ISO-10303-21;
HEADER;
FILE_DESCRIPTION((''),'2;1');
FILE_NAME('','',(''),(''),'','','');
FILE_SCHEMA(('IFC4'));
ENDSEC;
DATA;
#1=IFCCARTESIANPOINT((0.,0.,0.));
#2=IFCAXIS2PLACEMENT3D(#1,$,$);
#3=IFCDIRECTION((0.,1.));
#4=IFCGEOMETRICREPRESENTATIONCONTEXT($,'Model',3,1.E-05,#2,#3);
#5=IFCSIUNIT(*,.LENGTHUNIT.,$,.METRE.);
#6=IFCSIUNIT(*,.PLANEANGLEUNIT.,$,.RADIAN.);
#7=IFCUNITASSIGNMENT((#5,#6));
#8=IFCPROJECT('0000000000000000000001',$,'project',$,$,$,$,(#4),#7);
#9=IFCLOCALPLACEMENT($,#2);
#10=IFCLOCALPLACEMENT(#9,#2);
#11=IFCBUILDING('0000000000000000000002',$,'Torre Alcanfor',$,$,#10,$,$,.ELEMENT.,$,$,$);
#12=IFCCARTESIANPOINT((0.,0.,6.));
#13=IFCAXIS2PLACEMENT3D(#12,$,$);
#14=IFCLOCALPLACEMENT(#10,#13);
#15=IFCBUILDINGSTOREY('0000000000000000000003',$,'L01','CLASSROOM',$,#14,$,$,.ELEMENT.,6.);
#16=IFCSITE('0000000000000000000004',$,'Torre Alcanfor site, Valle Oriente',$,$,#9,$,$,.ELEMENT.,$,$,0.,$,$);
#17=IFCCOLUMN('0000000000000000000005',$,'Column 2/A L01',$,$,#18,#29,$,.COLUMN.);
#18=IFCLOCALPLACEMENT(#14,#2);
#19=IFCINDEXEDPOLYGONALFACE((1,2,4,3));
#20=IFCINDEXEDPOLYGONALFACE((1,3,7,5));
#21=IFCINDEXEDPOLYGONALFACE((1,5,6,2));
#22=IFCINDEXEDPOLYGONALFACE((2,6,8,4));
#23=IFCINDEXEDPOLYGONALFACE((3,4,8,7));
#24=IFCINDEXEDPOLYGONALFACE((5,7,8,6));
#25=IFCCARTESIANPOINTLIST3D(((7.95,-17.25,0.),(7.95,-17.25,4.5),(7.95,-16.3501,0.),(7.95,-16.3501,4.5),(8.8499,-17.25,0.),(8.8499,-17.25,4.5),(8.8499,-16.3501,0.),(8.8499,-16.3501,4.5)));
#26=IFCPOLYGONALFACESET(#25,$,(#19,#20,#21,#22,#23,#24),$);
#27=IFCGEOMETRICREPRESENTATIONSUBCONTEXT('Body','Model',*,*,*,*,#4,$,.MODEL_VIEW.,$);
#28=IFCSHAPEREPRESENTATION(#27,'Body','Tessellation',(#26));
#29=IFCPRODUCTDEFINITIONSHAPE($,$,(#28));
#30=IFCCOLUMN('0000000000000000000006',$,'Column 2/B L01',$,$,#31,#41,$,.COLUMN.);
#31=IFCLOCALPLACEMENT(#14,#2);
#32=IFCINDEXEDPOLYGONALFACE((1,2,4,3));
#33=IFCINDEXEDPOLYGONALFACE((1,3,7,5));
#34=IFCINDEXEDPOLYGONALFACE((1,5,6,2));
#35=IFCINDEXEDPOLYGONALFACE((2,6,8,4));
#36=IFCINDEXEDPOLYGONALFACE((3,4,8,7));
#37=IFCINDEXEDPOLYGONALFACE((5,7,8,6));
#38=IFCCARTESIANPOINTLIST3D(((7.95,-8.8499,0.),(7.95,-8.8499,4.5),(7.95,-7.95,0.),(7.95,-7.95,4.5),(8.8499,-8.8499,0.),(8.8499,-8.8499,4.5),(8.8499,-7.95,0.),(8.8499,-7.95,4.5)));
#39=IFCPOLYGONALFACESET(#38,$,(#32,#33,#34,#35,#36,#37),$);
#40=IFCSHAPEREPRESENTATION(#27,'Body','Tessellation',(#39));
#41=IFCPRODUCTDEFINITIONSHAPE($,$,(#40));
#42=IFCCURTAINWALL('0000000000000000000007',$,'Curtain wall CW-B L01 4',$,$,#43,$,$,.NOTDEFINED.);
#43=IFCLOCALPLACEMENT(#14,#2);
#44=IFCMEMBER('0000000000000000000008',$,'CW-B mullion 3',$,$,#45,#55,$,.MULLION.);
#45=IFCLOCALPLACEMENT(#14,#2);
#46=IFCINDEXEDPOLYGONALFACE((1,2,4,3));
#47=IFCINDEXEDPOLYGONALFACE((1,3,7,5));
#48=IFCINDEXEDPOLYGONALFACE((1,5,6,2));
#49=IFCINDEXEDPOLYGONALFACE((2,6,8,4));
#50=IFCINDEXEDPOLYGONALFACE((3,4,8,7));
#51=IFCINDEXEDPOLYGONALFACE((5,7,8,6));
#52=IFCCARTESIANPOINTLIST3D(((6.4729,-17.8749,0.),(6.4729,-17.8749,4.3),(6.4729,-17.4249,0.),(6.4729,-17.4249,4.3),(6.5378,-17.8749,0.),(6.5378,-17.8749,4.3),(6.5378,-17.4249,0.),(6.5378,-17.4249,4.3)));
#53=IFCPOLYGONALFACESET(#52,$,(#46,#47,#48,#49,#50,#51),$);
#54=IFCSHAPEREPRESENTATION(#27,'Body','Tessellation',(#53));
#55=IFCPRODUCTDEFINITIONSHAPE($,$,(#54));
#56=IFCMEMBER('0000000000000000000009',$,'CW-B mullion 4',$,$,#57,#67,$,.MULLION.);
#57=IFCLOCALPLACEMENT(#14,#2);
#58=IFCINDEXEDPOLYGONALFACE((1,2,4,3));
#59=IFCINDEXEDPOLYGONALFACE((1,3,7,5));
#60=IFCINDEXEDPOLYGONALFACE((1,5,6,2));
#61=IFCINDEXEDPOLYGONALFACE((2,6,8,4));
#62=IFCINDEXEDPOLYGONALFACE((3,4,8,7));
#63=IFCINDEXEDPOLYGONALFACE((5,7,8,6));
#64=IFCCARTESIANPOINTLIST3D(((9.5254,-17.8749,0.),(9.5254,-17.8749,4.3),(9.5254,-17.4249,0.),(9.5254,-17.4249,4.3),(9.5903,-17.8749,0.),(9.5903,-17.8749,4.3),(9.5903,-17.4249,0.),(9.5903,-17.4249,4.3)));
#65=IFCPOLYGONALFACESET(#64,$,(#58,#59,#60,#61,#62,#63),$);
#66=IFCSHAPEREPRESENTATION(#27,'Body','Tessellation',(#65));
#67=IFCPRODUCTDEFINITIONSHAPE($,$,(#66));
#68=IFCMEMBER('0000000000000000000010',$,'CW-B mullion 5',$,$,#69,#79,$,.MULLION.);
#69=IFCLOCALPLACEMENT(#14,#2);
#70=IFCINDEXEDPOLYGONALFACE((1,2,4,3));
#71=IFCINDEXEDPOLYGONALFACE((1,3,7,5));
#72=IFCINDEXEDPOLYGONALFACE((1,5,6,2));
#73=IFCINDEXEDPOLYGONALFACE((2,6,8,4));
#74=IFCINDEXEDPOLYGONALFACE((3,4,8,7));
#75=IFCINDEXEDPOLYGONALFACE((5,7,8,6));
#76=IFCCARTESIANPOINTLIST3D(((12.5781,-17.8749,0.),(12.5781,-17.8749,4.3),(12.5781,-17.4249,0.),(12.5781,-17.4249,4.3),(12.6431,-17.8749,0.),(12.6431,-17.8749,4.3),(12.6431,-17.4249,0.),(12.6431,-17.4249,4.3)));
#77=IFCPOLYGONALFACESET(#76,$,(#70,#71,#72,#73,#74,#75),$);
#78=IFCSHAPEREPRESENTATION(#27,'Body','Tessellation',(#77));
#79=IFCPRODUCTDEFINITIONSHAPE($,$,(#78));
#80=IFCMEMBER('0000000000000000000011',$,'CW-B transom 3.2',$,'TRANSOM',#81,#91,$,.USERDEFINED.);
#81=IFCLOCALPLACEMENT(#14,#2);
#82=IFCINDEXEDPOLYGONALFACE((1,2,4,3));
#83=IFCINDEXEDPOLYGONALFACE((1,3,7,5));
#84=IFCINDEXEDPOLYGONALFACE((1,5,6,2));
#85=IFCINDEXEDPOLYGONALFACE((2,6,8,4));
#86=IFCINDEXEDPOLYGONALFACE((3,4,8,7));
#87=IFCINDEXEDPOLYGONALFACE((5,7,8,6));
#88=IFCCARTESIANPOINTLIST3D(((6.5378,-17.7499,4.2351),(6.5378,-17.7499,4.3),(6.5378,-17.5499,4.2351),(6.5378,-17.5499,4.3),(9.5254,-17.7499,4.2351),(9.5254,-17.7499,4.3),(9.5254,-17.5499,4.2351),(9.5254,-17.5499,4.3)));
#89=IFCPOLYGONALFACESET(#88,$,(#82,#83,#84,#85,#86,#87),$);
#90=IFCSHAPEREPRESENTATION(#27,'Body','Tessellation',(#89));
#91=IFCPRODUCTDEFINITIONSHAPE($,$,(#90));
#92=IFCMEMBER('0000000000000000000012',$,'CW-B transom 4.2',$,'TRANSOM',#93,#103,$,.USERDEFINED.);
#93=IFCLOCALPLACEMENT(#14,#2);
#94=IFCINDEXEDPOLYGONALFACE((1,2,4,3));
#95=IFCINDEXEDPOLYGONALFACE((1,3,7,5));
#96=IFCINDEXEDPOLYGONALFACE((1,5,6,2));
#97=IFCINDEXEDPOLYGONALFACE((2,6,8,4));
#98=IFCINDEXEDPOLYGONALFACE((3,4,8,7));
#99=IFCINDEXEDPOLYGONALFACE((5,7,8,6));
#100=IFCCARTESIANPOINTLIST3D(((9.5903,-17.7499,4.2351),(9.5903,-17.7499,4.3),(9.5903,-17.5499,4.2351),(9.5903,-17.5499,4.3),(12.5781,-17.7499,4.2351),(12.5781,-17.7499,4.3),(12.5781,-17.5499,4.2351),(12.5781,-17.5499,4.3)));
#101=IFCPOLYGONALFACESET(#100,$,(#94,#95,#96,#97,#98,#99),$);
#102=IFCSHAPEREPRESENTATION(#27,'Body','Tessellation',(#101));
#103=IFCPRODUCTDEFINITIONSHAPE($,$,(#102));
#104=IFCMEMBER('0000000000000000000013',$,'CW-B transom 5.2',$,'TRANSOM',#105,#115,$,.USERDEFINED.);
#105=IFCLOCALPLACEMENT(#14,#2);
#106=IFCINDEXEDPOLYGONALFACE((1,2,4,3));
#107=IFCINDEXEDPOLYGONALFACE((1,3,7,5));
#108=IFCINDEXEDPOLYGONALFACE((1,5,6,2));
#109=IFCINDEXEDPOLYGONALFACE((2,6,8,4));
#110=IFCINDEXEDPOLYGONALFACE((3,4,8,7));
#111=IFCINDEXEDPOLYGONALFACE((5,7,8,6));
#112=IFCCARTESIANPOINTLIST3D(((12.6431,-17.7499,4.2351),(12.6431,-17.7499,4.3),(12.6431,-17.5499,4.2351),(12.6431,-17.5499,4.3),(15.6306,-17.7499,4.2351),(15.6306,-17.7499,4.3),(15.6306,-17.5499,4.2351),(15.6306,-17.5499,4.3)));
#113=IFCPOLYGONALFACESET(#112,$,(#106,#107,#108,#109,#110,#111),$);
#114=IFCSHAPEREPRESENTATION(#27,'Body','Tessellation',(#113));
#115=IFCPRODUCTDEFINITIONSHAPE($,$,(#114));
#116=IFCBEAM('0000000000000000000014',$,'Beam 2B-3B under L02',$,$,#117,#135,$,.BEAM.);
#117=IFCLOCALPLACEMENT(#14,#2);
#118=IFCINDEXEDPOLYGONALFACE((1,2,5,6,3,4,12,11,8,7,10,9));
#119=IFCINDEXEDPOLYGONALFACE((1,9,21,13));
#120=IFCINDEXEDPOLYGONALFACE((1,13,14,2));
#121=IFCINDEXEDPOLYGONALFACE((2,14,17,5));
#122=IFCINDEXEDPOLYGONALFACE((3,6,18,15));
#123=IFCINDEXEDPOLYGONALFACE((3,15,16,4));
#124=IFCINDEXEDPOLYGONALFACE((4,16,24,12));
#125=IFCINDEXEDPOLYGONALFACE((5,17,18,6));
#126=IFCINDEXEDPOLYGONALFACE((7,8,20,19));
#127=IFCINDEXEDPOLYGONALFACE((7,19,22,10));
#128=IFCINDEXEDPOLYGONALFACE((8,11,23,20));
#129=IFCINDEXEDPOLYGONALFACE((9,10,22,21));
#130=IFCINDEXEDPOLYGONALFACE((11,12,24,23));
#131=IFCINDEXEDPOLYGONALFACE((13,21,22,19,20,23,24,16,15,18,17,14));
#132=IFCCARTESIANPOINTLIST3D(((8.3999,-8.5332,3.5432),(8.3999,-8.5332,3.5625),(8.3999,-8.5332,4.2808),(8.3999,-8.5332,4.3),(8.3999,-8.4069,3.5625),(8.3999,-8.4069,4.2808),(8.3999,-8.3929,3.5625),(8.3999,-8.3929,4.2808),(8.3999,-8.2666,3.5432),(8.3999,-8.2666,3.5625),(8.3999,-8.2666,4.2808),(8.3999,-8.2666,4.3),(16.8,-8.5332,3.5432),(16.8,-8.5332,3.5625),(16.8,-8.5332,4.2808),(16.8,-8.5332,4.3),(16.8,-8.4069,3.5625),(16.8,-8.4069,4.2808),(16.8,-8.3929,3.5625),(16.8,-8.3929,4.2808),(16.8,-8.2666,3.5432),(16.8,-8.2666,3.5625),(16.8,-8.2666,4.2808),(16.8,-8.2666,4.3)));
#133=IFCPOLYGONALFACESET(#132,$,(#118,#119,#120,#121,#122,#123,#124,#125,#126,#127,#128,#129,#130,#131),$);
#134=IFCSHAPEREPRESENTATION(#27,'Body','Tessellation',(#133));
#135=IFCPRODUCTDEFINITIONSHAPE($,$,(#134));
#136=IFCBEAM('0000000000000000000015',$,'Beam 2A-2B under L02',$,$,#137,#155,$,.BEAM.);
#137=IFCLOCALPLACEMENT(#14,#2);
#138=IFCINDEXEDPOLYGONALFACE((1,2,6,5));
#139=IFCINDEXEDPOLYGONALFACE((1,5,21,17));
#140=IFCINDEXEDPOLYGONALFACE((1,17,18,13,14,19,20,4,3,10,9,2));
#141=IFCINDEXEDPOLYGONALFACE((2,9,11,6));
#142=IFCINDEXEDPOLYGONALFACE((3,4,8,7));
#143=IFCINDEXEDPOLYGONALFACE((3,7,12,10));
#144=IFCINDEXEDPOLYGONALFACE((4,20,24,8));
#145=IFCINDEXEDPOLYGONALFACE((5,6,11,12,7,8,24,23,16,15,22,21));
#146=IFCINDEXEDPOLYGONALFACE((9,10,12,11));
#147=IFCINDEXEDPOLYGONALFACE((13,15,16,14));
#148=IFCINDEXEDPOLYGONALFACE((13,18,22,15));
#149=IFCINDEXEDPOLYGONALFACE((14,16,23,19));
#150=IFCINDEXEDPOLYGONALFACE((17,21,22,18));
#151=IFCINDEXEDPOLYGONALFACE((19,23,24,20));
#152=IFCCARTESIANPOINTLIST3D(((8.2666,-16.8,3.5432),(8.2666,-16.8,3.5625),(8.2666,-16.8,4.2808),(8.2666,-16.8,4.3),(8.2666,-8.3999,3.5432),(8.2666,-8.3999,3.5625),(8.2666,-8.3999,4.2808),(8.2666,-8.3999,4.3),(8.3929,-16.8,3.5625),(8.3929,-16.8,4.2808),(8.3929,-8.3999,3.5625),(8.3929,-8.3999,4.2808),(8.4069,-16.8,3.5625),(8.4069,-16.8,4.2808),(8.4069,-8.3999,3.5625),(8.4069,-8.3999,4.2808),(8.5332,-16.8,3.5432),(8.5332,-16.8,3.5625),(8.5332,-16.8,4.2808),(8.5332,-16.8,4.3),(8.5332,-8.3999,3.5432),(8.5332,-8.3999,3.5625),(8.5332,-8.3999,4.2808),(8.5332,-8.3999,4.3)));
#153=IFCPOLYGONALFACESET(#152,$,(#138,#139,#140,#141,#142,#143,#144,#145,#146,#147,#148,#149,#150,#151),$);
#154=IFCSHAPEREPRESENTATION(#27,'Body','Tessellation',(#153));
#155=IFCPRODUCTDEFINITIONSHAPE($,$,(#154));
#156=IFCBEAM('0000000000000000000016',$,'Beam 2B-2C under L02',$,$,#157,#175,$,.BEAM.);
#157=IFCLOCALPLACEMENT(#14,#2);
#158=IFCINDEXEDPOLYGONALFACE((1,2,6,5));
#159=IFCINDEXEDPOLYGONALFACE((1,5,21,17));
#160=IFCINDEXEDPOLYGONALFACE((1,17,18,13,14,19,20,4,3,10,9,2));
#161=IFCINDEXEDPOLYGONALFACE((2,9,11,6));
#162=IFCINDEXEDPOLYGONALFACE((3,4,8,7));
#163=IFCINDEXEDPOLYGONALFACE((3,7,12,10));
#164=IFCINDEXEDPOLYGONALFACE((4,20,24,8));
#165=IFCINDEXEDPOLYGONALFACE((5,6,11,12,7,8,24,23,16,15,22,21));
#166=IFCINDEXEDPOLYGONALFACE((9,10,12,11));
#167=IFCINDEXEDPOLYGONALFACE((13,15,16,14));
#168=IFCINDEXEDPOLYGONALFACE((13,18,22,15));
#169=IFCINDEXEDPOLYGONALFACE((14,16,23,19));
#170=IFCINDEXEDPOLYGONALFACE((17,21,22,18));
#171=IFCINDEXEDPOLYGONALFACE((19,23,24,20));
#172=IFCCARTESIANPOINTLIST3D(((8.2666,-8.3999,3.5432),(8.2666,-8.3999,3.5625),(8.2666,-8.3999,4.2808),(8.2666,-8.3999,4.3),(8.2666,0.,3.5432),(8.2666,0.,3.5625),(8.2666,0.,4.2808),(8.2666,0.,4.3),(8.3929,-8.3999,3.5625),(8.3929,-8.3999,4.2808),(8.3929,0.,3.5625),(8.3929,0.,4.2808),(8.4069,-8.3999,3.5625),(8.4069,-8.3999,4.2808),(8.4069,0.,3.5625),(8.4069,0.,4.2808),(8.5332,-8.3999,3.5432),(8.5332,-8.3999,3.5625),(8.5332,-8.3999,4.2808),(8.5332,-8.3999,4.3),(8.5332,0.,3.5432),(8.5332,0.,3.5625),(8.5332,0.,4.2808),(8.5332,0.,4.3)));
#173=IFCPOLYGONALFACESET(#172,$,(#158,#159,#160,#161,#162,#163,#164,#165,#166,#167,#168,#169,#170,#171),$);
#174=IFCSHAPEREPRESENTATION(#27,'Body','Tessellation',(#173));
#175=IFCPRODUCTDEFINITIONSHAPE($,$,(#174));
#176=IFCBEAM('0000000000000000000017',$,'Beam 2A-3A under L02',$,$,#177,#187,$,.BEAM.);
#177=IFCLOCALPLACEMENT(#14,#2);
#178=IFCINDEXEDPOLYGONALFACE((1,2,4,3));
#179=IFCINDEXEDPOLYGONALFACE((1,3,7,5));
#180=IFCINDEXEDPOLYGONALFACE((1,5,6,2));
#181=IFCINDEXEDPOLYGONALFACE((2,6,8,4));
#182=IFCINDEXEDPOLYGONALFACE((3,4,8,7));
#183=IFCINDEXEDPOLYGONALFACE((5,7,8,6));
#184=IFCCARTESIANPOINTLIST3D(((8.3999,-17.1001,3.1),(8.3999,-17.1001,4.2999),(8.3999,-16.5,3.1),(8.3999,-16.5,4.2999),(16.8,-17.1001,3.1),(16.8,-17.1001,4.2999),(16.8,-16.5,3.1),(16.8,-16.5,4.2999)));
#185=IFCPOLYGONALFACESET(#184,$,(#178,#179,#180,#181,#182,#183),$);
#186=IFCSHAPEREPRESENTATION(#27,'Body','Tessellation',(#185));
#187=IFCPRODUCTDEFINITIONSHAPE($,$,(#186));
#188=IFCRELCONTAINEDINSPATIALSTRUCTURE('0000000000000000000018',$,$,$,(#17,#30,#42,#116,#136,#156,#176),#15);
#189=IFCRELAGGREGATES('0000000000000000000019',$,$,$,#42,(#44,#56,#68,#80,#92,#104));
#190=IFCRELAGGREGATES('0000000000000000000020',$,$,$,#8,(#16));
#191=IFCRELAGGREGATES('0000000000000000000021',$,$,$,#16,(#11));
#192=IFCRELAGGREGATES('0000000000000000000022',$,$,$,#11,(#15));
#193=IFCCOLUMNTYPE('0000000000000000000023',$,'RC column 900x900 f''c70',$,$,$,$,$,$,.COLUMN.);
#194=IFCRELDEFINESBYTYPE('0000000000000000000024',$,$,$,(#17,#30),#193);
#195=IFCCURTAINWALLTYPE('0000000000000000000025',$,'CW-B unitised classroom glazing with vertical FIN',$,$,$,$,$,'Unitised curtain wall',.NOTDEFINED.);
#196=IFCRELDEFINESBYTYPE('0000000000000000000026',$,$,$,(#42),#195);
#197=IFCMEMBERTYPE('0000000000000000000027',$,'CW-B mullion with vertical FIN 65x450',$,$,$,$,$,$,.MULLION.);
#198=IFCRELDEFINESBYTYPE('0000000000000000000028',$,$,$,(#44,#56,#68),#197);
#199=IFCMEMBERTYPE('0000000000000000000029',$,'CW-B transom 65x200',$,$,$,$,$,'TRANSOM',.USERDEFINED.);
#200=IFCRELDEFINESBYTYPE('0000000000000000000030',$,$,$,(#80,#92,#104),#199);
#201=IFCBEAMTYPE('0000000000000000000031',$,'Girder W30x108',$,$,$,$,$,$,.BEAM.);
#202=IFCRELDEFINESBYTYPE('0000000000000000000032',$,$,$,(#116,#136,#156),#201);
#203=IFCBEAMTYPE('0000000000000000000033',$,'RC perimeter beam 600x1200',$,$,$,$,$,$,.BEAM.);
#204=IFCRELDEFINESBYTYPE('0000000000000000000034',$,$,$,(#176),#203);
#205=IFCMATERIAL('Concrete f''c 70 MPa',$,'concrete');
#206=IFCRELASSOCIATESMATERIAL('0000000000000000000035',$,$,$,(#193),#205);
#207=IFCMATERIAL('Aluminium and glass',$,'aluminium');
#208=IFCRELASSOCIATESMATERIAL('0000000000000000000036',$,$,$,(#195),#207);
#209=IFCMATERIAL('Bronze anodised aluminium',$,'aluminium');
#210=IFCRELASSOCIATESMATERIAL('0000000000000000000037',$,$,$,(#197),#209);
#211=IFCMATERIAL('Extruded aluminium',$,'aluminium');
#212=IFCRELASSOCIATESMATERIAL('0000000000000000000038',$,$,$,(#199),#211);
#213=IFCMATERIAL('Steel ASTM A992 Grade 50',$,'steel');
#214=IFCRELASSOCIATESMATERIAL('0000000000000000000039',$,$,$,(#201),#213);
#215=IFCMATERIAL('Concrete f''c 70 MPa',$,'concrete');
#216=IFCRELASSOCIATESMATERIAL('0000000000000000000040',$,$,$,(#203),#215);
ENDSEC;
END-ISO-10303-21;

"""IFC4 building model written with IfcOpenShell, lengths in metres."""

from ifc_helpers import new_model, si_unit, direction, frame, origin, origin_2d, place, context, subcontext, project, spatial, rectangle, i_section, extrude, material, material_profile, profile_set, type_object, element, aggregate, save


model = new_model("IFC4")

# Units and contexts
model_context = context("Model", 3, precision=1e-05, world=origin(), true_north=direction((0.0, 1.0)))
body_context = subcontext(model_context, "Body", "Model", "MODEL_VIEW")
ifc_project = project(units=[si_unit("LENGTHUNIT", "METRE"), si_unit("PLANEANGLEUNIT", "RADIAN")], contexts=[model_context])

# Site, building, storey
site_placement = place(None, origin())
site = spatial("IfcSite", under=ifc_project, at=site_placement, Name="Torre Alcanfor site, Valle Oriente", CompositionType="ELEMENT", RefElevation=0.0)
building_placement = place(site_placement, origin())
building = spatial("IfcBuilding", under=site, at=building_placement, Name="Torre Alcanfor", CompositionType="ELEMENT")
storey_placement = place(building_placement, frame((0.0, 0.0, 6.0)))
storey = spatial("IfcBuildingStorey", under=building, at=storey_placement, Name="L01", Description="CLASSROOM", CompositionType="ELEMENT", Elevation=6.0)

# Columns
ifc_material_1 = material(Name="Concrete f'c 70 MPa", Category="concrete")
ifc_material_profile_1 = material_profile(ifc_material_1, rectangle(XDim=0.8999, YDim=0.8999, at=origin_2d()), Name="900x900")
ifc_profile_set_1 = profile_set([ifc_material_profile_1], Name="Concrete f'c 70 MPa")
column_type = type_object("IfcColumnType", Name="RC column 900x900 f'c70", PredefinedType="COLUMN", material=ifc_profile_set_1)
for number, where, z_axis, x_axis, name in (
    (1, (8.3999, -16.8, 0.0), (0.0, 0.0, 1.0), (1.0, 0.0, 0.0), "Column 2/A L01"),
    (2, (8.3999, -8.3999, 0.0), (0.0, 0.0, 1.0), (1.0, 0.0, 0.0), "Column 2/B L01"),
):
    element("IfcColumn", number, at=place(storey_placement, frame(where, z_axis=z_axis, x_axis=x_axis)), inside=storey, type_object=column_type, Name=name, PredefinedType="COLUMN", context=body_context, shape_type="SweptSolid", body=[
        extrude(rectangle(XDim=0.8999, YDim=0.8999, at=origin_2d()), origin(), (0.0, 0.0, 1.0), 4.5),
    ])

# Curtain wall, members
ifc_material_2 = material(Name="Aluminium and glass", Category="aluminium")
curtain_wall_type = type_object("IfcCurtainWallType", Name="CW-B unitised classroom glazing with vertical FIN", ElementType="Unitised curtain wall", PredefinedType="NOTDEFINED", material=ifc_material_2)
curtain_wall_placement = place(storey_placement, origin())
curtain_wall = element("IfcCurtainWall", 3, at=curtain_wall_placement, inside=storey, type_object=curtain_wall_type, Name="Curtain wall CW-B L01 4", PredefinedType="NOTDEFINED")
ifc_material_3 = material(Name="Bronze anodised aluminium", Category="aluminium")
ifc_material_profile_2 = material_profile(ifc_material_3, rectangle(XDim=0.45, YDim=0.0649, at=origin_2d()), Name="CW-B mullion 65x450")
ifc_profile_set_2 = profile_set([ifc_material_profile_2], Name="Bronze anodised aluminium")
member_type_1 = type_object("IfcMemberType", Name="CW-B mullion with vertical FIN 65x450", PredefinedType="MULLION", material=ifc_profile_set_2)
member_1_placement = place(storey_placement, frame((6.5054, -17.6499, 0.0), z_axis=(0.0, 0.0, 1.0), x_axis=(0.0, 1.0, 0.0)))
member_1 = element("IfcMember", 4, at=member_1_placement, type_object=member_type_1, Name="CW-B mullion 3", PredefinedType="MULLION", context=body_context, shape_type="SweptSolid", body=[
    extrude(rectangle(XDim=0.45, YDim=0.0649, at=origin_2d()), origin(), (0.0, 0.0, 1.0), 4.3),
])
member_2_placement = place(storey_placement, frame((9.5579, -17.6499, 0.0), z_axis=(0.0, 0.0, 1.0), x_axis=(0.0, 1.0, 0.0)))
member_2 = element("IfcMember", 5, at=member_2_placement, type_object=member_type_1, Name="CW-B mullion 4", PredefinedType="MULLION", context=body_context, shape_type="SweptSolid", body=[
    extrude(rectangle(XDim=0.45, YDim=0.0649, at=origin_2d()), origin(), (0.0, 0.0, 1.0), 4.3),
])
member_3_placement = place(storey_placement, frame((12.6106, -17.6499, 0.0), z_axis=(0.0, 0.0, 1.0), x_axis=(0.0, 1.0, 0.0)))
member_3 = element("IfcMember", 6, at=member_3_placement, type_object=member_type_1, Name="CW-B mullion 5", PredefinedType="MULLION", context=body_context, shape_type="SweptSolid", body=[
    extrude(rectangle(XDim=0.45, YDim=0.0649, at=origin_2d()), origin(), (0.0, 0.0, 1.0), 4.3),
])
ifc_material_4 = material(Name="Extruded aluminium", Category="aluminium")
ifc_material_profile_3 = material_profile(ifc_material_4, rectangle(XDim=0.2, YDim=0.0649, at=origin_2d()), Name="CW-B transom 200x65")
ifc_profile_set_3 = profile_set([ifc_material_profile_3], Name="Extruded aluminium")
member_type_2 = type_object("IfcMemberType", Name="CW-B transom 65x200", ElementType="TRANSOM", PredefinedType="USERDEFINED", material=ifc_profile_set_3)
member_4_placement = place(storey_placement, frame((6.5378, -17.6499, 4.2676), z_axis=(1.0, 0.0, 0.0), x_axis=(0.0, 1.0, 0.0)))
member_4 = element("IfcMember", 7, at=member_4_placement, type_object=member_type_2, Name="CW-B transom 3.2", ObjectType="TRANSOM", PredefinedType="USERDEFINED", context=body_context, shape_type="SweptSolid", body=[
    extrude(rectangle(XDim=0.2, YDim=0.0649, at=origin_2d()), origin(), (0.0, 0.0, 1.0), 2.9875),
])
member_5_placement = place(storey_placement, frame((9.5903, -17.6499, 4.2676), z_axis=(1.0, 0.0, 0.0), x_axis=(0.0, 1.0, 0.0)))
member_5 = element("IfcMember", 8, at=member_5_placement, type_object=member_type_2, Name="CW-B transom 4.2", ObjectType="TRANSOM", PredefinedType="USERDEFINED", context=body_context, shape_type="SweptSolid", body=[
    extrude(rectangle(XDim=0.2, YDim=0.0649, at=origin_2d()), origin(), (0.0, 0.0, 1.0), 2.9878),
])
member_6_placement = place(storey_placement, frame((12.6431, -17.6499, 4.2676), z_axis=(1.0, 0.0, 0.0), x_axis=(0.0, 1.0, 0.0)))
member_6 = element("IfcMember", 9, at=member_6_placement, type_object=member_type_2, Name="CW-B transom 5.2", ObjectType="TRANSOM", PredefinedType="USERDEFINED", context=body_context, shape_type="SweptSolid", body=[
    extrude(rectangle(XDim=0.2, YDim=0.0649, at=origin_2d()), origin(), (0.0, 0.0, 1.0), 2.9875),
])

# Beams
ifc_material_5 = material(Name="Steel ASTM A992 Grade 50", Category="steel")
ifc_material_profile_4 = material_profile(ifc_material_5, i_section(OverallWidth=0.2666, OverallDepth=0.7568, WebThickness=0.0139, FlangeThickness=0.0193, at=origin_2d()), Name="W30x108")
ifc_profile_set_4 = profile_set([ifc_material_profile_4], Name="Steel ASTM A992 Grade 50")
beam_type_1 = type_object("IfcBeamType", Name="Girder W30x108", PredefinedType="BEAM", material=ifc_profile_set_4)
for number, where, z_axis, x_axis, name in (
    (10, (8.3999, -8.3999, 3.9216), (1.0, 0.0, 0.0), (0.0, 1.0, 0.0), "Beam 2B-3B under L02"),
    (11, (8.3999, -16.8, 3.9216), (0.0, 1.0, 0.0), (-1.0, 0.0, 0.0), "Beam 2A-2B under L02"),
):
    element("IfcBeam", number, at=place(storey_placement, frame(where, z_axis=z_axis, x_axis=x_axis)), inside=storey, type_object=beam_type_1, Name=name, PredefinedType="BEAM", context=body_context, shape_type="SweptSolid", body=[
        extrude(i_section(OverallWidth=0.2666, OverallDepth=0.7568, WebThickness=0.0139, FlangeThickness=0.0193, at=origin_2d()), origin(), (0.0, 0.0, 1.0), 8.4001),
    ])
beam_1_placement = place(storey_placement, frame((8.3999, -8.3999, 3.9216), z_axis=(0.0, 1.0, 0.0), x_axis=(-1.0, 0.0, 0.0)))
element("IfcBeam", 12, at=beam_1_placement, inside=storey, type_object=beam_type_1, Name="Beam 2B-2C under L02", PredefinedType="BEAM", context=body_context, shape_type="SweptSolid", body=[
    extrude(i_section(OverallWidth=0.2666, OverallDepth=0.7568, WebThickness=0.0139, FlangeThickness=0.0193, at=origin_2d()), origin(), (0.0, 0.0, 1.0), 8.3999),
])
ifc_material_6 = material(Name="Concrete f'c 70 MPa", Category="concrete")
ifc_material_profile_5 = material_profile(ifc_material_6, rectangle(XDim=0.6001, YDim=1.2, at=origin_2d()), Name="600x1200")
ifc_profile_set_5 = profile_set([ifc_material_profile_5], Name="Concrete f'c 70 MPa")
beam_type_2 = type_object("IfcBeamType", Name="RC perimeter beam 600x1200", PredefinedType="BEAM", material=ifc_profile_set_5)
beam_2_placement = place(storey_placement, frame((8.3999, -16.8, 3.7), z_axis=(1.0, 0.0, 0.0), x_axis=(0.0, 1.0, 0.0)))
element("IfcBeam", 13, at=beam_2_placement, inside=storey, type_object=beam_type_2, Name="Beam 2A-3A under L02", PredefinedType="BEAM", context=body_context, shape_type="SweptSolid", body=[
    extrude(rectangle(XDim=0.6001, YDim=1.2, at=origin_2d()), origin(), (0.0, 0.0, 1.0), 8.4001),
])

aggregate(curtain_wall, [member_1, member_2, member_3, member_4, member_5, member_6])

save(model, "model.ifc")
